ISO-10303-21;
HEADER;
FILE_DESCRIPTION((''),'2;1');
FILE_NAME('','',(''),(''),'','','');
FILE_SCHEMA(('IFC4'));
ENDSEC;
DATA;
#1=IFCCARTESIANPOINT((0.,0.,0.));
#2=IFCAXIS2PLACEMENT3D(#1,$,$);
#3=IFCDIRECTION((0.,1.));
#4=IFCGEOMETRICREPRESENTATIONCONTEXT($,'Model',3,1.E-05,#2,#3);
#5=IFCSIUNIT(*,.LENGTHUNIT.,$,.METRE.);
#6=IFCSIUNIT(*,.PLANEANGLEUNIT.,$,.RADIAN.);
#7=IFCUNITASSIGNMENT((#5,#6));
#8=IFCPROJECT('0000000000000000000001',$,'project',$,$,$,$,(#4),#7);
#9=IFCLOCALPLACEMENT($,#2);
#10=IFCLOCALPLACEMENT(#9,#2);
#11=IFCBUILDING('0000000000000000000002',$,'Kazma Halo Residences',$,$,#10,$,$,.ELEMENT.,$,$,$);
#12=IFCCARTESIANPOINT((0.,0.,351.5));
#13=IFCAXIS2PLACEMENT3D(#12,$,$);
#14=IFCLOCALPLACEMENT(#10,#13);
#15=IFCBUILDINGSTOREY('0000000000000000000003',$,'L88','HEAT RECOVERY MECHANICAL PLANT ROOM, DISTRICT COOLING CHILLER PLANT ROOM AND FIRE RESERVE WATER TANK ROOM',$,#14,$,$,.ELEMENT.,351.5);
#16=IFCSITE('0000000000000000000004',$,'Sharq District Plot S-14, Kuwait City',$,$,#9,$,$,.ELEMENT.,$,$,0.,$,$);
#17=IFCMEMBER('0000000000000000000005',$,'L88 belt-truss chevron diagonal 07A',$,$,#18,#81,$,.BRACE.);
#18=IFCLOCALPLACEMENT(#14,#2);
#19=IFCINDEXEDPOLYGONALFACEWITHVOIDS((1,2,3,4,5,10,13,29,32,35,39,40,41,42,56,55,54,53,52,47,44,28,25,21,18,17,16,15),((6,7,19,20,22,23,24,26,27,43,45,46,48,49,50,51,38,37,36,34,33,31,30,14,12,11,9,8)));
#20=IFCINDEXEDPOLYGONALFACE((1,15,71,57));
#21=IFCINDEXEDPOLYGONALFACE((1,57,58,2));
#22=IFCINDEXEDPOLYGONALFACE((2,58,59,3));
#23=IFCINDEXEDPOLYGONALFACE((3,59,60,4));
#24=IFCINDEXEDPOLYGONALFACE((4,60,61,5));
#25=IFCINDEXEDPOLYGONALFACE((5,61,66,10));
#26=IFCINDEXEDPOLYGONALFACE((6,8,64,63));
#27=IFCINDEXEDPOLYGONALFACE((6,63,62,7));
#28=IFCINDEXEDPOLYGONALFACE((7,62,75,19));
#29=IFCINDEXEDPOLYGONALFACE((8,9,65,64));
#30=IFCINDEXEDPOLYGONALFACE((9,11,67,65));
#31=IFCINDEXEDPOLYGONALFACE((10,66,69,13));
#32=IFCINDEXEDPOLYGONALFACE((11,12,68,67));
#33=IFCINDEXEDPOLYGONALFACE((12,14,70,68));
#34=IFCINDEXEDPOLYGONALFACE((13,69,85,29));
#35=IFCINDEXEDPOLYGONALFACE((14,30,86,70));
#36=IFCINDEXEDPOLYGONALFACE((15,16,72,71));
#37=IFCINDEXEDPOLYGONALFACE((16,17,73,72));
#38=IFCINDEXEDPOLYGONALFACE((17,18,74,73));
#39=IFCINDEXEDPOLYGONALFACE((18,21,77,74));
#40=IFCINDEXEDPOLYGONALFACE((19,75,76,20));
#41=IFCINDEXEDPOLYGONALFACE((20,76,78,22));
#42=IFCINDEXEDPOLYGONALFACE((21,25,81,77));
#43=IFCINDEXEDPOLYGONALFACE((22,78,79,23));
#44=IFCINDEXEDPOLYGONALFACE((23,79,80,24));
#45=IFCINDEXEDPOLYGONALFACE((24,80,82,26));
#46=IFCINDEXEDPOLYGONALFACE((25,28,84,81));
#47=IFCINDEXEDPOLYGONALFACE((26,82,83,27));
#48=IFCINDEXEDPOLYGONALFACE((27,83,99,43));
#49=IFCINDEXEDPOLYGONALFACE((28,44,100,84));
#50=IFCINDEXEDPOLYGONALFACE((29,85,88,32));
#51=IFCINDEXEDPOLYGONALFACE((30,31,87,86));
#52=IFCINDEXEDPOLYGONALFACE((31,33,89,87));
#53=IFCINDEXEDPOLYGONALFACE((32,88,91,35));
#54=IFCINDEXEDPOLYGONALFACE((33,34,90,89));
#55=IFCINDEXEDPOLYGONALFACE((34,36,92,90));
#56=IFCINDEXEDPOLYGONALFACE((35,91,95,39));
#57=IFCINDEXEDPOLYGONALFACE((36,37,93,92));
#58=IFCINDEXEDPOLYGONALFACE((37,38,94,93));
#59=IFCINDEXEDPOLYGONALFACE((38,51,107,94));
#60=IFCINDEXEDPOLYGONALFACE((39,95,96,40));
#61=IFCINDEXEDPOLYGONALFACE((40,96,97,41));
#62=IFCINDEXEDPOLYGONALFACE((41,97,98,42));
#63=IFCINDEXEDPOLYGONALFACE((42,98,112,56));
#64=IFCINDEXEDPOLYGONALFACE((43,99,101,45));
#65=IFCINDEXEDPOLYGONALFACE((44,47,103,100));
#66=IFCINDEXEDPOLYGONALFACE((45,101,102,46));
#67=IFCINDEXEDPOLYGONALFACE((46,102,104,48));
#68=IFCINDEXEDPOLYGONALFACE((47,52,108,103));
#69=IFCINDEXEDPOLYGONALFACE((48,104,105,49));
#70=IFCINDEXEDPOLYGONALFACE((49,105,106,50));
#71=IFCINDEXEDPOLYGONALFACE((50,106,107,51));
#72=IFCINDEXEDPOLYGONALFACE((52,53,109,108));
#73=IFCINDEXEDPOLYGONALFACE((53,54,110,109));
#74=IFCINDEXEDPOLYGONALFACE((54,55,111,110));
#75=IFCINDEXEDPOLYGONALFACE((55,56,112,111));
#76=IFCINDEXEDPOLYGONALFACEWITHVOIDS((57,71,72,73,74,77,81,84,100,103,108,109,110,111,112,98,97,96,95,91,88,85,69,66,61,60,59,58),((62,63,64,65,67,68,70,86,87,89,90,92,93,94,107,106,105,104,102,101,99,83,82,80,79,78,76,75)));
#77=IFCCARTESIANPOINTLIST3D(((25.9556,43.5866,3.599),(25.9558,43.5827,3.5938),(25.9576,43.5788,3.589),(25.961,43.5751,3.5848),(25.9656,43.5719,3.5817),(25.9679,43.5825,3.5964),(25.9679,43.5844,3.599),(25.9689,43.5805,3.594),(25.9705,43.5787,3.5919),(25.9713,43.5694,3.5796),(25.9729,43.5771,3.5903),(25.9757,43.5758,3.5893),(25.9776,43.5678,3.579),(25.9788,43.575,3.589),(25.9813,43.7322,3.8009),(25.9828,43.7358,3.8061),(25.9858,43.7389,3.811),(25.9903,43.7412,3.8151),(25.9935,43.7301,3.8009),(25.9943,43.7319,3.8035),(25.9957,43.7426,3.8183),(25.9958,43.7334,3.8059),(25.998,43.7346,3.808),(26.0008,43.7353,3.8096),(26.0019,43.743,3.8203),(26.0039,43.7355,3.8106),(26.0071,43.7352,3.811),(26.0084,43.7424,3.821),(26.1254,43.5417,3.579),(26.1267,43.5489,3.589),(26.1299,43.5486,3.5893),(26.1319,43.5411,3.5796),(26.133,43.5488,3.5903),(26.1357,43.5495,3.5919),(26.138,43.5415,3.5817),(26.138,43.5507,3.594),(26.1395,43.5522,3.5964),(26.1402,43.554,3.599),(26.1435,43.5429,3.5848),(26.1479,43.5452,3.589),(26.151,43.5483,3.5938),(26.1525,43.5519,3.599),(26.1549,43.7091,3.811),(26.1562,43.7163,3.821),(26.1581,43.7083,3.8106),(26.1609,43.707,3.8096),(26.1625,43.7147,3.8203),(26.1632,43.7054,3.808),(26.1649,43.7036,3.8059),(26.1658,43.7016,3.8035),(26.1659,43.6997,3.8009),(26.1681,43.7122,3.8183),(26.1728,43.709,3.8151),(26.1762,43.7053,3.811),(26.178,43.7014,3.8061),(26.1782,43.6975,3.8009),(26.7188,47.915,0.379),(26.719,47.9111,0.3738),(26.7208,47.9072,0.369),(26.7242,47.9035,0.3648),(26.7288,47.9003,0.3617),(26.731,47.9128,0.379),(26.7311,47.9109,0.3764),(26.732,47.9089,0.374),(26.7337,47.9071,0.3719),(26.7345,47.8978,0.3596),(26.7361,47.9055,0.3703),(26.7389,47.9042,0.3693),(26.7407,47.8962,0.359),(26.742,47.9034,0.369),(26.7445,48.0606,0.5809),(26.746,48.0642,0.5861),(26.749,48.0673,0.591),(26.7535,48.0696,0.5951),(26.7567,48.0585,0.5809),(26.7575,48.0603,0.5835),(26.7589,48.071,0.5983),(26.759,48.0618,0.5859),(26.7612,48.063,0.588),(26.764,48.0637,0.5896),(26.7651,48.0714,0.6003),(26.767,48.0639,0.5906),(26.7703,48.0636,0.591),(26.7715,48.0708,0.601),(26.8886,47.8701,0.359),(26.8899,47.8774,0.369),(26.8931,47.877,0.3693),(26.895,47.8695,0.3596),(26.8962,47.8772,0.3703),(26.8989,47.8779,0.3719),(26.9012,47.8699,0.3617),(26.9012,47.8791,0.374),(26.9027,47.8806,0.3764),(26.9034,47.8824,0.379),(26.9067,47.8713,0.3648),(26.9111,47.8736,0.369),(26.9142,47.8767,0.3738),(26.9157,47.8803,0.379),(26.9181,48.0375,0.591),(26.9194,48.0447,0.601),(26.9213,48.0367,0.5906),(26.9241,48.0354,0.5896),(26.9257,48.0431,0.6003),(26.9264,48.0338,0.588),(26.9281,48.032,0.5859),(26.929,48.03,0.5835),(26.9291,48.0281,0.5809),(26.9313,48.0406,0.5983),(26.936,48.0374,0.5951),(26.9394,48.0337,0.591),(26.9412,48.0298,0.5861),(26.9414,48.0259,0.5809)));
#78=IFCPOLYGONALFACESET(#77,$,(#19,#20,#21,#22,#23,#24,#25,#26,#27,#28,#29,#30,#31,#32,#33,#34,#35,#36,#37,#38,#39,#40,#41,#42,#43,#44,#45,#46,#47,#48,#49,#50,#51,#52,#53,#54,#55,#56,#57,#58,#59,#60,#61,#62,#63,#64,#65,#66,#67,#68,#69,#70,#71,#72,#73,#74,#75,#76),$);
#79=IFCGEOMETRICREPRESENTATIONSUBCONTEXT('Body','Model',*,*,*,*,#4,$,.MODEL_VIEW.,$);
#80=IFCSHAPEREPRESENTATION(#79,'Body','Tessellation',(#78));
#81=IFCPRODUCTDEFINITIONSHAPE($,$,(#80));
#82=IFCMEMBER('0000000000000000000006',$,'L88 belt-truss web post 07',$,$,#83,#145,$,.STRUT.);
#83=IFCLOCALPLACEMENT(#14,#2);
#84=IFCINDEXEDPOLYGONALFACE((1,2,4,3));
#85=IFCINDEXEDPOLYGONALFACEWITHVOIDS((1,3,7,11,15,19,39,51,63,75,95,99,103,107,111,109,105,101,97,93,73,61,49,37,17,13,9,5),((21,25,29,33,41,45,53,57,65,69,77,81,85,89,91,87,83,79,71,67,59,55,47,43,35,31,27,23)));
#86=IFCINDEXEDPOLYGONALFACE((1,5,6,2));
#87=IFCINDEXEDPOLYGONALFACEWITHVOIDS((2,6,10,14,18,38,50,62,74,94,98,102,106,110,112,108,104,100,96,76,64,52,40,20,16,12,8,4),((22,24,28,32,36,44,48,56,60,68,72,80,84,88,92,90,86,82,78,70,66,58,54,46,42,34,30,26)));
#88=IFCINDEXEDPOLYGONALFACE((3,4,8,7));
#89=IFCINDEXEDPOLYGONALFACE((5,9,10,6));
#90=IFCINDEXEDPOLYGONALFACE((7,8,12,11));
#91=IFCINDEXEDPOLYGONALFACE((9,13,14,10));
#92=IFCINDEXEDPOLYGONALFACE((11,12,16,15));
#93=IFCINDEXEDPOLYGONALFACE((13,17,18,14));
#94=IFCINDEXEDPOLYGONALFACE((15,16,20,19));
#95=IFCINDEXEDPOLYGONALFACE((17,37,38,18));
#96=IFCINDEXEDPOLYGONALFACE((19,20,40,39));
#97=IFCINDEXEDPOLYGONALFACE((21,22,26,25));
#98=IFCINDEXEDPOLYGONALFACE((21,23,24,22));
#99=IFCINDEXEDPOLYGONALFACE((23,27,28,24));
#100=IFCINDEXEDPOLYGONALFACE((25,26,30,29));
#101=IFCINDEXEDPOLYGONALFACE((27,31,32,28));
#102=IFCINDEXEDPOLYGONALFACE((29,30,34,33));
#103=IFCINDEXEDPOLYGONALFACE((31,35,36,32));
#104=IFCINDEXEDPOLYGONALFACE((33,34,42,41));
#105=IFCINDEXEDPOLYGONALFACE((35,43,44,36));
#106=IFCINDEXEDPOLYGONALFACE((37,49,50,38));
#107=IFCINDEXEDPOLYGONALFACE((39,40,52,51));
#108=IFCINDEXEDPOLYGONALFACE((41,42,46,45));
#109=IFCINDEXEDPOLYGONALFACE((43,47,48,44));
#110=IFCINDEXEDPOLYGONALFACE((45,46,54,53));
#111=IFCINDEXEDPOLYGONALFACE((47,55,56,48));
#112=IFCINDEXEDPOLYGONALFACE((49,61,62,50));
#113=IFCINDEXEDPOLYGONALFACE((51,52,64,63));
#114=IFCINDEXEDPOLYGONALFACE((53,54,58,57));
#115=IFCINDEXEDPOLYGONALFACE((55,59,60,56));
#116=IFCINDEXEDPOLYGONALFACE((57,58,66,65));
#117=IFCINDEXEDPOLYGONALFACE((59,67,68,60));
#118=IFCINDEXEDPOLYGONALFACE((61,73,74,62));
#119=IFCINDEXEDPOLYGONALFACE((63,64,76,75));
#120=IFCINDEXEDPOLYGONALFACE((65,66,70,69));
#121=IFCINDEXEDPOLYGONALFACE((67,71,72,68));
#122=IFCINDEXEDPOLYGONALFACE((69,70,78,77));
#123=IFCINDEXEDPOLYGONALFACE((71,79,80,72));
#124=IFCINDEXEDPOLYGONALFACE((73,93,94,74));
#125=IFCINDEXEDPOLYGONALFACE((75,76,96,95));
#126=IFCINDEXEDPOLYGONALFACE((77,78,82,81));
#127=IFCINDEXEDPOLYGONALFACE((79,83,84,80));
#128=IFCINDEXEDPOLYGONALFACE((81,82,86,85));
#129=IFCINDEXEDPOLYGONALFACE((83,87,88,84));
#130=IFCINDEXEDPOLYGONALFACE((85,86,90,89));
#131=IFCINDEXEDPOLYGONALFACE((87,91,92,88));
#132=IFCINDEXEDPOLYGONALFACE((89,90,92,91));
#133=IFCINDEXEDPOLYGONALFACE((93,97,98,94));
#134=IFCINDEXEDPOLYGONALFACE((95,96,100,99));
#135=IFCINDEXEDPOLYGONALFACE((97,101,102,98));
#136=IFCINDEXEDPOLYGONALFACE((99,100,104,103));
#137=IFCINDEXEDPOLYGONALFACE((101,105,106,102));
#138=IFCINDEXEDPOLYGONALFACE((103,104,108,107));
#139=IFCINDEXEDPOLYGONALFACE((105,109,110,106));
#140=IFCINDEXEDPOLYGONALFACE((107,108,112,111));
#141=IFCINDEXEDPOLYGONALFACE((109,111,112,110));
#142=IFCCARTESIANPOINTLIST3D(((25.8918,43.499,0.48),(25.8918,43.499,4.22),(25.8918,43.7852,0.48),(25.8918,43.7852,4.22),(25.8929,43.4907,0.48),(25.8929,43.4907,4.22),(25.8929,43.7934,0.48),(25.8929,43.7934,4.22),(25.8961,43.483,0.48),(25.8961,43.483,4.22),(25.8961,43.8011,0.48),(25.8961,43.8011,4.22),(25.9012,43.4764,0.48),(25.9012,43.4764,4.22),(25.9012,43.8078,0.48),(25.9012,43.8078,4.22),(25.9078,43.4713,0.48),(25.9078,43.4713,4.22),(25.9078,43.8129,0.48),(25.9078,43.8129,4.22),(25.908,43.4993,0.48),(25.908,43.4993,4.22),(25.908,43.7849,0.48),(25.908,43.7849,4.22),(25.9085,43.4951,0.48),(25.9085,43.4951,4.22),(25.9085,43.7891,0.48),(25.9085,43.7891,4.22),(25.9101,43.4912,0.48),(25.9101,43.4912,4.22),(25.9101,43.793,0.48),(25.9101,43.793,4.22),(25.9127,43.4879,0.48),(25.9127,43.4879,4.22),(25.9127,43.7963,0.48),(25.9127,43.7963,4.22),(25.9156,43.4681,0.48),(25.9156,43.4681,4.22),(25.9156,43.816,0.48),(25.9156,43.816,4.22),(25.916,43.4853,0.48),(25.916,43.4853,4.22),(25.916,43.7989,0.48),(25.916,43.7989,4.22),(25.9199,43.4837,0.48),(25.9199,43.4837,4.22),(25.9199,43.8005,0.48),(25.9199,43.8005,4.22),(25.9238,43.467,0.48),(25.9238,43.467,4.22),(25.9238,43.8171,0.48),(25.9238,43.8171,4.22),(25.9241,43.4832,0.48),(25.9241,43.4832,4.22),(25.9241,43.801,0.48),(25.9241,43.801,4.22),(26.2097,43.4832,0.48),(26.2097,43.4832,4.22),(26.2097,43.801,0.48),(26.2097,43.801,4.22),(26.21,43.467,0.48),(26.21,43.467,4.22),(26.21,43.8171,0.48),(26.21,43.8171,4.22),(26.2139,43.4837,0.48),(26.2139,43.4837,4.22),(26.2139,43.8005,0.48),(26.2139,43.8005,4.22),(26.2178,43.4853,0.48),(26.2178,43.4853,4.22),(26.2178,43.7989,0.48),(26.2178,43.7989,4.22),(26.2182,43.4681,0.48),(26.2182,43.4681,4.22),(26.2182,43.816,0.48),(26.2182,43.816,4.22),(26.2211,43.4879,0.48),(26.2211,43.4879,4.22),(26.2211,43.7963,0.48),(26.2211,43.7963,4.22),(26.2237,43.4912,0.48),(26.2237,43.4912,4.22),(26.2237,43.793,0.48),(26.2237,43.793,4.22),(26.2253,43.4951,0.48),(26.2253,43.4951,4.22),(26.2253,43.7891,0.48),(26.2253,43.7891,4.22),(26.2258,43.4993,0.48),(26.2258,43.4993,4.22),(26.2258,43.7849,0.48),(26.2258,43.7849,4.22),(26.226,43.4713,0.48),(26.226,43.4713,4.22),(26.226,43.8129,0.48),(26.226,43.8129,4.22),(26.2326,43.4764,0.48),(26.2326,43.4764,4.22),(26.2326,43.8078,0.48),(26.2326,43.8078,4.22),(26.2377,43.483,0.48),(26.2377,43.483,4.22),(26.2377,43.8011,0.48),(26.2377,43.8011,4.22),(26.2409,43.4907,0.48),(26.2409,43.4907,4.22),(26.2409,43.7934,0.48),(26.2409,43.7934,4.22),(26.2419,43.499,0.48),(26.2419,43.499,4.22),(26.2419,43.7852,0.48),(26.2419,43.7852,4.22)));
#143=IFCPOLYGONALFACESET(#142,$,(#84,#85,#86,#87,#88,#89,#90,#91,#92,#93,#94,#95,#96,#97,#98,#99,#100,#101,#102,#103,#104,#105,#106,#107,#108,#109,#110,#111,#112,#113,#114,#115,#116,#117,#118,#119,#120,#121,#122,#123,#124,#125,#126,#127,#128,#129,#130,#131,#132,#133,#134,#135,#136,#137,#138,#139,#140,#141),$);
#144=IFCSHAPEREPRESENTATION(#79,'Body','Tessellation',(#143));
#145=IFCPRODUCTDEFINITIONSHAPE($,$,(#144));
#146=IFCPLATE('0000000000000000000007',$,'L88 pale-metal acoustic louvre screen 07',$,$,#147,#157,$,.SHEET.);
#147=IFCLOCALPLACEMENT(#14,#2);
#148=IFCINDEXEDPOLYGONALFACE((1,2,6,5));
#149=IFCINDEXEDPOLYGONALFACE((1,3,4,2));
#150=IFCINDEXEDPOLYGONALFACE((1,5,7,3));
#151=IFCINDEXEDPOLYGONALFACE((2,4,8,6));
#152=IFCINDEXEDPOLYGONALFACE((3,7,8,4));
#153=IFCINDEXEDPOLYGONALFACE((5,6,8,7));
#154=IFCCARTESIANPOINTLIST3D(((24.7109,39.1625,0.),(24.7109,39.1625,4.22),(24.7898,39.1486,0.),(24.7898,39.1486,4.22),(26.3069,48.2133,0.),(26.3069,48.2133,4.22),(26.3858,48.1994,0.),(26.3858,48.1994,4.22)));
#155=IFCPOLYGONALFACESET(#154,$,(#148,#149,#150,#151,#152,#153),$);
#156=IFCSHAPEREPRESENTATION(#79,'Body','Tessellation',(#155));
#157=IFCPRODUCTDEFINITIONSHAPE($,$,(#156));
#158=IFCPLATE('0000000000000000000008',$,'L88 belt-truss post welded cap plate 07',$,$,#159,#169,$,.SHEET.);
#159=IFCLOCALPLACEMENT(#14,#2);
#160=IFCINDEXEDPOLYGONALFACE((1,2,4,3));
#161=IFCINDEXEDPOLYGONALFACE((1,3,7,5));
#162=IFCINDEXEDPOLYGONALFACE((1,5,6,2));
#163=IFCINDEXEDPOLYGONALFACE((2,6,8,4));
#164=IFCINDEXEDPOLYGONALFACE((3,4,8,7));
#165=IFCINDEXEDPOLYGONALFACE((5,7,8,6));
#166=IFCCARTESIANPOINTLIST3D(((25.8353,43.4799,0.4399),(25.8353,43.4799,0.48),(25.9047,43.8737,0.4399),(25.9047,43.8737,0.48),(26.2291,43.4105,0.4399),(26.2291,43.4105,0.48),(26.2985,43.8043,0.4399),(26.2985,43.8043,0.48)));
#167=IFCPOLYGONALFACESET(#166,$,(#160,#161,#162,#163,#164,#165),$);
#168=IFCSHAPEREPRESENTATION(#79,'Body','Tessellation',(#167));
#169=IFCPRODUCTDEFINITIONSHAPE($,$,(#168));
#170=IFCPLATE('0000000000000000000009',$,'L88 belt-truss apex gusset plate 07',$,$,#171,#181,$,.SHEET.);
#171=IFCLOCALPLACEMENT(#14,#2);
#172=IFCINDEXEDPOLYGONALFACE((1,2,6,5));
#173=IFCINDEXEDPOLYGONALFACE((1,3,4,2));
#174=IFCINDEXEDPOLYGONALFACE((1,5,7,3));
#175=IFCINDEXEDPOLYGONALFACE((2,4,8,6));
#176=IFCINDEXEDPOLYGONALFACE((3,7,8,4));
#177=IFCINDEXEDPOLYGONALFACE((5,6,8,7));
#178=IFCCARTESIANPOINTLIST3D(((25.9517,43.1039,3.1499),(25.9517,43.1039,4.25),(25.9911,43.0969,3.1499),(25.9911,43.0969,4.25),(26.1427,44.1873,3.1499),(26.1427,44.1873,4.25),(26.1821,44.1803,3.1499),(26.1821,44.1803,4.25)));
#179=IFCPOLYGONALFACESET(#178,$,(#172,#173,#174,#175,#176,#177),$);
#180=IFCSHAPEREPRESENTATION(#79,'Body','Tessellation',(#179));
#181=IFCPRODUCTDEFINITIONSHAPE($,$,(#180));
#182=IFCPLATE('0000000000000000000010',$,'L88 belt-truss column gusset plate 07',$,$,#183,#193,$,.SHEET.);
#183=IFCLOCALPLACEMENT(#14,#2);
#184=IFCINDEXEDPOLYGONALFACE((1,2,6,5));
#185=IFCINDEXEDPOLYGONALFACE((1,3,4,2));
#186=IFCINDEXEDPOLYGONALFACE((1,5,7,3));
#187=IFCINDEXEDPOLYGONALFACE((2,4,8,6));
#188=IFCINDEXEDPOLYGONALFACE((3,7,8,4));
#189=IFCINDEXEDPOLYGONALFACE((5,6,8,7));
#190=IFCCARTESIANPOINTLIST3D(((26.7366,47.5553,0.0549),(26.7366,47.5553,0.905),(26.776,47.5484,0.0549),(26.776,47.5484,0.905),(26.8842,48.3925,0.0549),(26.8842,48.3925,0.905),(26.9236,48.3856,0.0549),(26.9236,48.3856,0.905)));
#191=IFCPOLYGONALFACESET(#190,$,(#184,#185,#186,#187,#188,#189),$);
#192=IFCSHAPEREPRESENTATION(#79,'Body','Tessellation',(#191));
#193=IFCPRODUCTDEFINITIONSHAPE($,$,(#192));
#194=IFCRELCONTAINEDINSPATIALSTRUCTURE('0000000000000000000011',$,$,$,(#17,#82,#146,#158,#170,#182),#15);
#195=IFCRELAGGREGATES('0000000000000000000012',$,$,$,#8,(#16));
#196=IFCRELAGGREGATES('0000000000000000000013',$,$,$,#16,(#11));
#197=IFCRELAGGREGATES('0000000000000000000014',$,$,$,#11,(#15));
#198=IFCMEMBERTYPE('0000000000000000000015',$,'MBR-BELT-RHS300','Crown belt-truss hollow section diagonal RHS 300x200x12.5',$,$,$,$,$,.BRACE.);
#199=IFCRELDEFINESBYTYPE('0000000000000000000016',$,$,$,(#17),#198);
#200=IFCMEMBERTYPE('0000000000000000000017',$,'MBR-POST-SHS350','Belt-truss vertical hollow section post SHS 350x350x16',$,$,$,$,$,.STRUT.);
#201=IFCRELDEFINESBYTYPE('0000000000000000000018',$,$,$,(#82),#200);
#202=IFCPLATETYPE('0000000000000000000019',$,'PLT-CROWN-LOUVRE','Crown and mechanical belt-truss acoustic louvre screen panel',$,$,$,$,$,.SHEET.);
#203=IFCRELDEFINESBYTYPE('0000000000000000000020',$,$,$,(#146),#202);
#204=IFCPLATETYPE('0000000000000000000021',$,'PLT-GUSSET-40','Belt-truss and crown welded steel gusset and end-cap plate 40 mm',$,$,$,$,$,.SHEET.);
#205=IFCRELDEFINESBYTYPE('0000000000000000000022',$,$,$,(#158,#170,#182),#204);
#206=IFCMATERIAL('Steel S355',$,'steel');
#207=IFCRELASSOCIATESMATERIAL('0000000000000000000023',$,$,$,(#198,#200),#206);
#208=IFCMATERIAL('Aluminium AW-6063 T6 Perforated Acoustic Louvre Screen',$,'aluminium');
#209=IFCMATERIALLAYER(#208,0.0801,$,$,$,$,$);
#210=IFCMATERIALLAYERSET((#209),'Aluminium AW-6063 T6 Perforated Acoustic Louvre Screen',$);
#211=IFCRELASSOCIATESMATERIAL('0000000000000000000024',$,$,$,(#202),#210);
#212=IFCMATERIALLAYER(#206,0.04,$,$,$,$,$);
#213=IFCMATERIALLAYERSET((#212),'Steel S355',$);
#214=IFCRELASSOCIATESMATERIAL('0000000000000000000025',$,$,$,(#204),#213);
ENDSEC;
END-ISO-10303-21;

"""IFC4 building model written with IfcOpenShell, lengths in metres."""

from ifc_helpers import new_model, si_unit, direction, frame, origin, origin_2d, place, context, subcontext, project, spatial, rectangle, hollow_rectangle, extrude, material, layer, layer_set, material_profile, profile_set, type_object, element, save


model = new_model("IFC4")

# Units and contexts
model_context = context("Model", 3, precision=1e-05, world=origin(), true_north=direction((0.0, 1.0)))
body_context = subcontext(model_context, "Body", "Model", "MODEL_VIEW")
ifc_project = project(units=[si_unit("LENGTHUNIT", "METRE"), si_unit("PLANEANGLEUNIT", "RADIAN")], contexts=[model_context])

# Site, building, storey
site_placement = place(None, origin())
site = spatial("IfcSite", under=ifc_project, at=site_placement, Name="Sharq District Plot S-14, Kuwait City", CompositionType="ELEMENT", RefElevation=0.0)
building_placement = place(site_placement, origin())
building = spatial("IfcBuilding", under=site, at=building_placement, Name="Kazma Halo Residences", CompositionType="ELEMENT")
storey_placement = place(building_placement, frame((0.0, 0.0, 351.5)))
storey = spatial("IfcBuildingStorey", under=building, at=storey_placement, Name="L88", Description="HEAT RECOVERY MECHANICAL PLANT ROOM, DISTRICT COOLING CHILLER PLANT ROOM AND FIRE RESERVE WATER TANK ROOM", CompositionType="ELEMENT", Elevation=351.5)

# Shared definitions
ifc_material_1 = material(Name="Steel S355", Category="steel")

# Members
ifc_material_profile_1 = material_profile(ifc_material_1, hollow_rectangle(XDim=0.2, YDim=0.3, WallThickness=0.0125, InnerFilletRadius=0.0125, OuterFilletRadius=0.0249, at=origin_2d()), Name="RHS300x200x12.5")
ifc_profile_set_1 = profile_set([ifc_material_profile_1], Name="Steel S355")
member_type_1 = type_object("IfcMemberType", Name="MBR-BELT-RHS300", Description="Crown belt-truss hollow section diagonal RHS 300x200x12.5", PredefinedType="BRACE", material=ifc_profile_set_1)
member_1_placement = place(storey_placement, frame((26.8301, 47.9705, 0.48), z_axis=(-0.140074, -0.794424, 0.59099), x_axis=(0.984809, -0.173643, 0.0)))
element("IfcMember", 1, at=member_1_placement, inside=storey, type_object=member_type_1, Name="L88 belt-truss chevron diagonal 07A", PredefinedType="BRACE", context=body_context, shape_type="SweptSolid", body=[
    extrude(hollow_rectangle(XDim=0.2, YDim=0.3, WallThickness=0.0125, InnerFilletRadius=0.0125, OuterFilletRadius=0.0249, at=origin_2d()), origin(), (0.0, 0.0, 1.0), 5.4485),
])
ifc_material_profile_2 = material_profile(ifc_material_1, hollow_rectangle(XDim=0.3501, YDim=0.3501, WallThickness=0.0161, InnerFilletRadius=0.0161, OuterFilletRadius=0.032, at=origin_2d()), Name="SHS350x350x16")
ifc_profile_set_2 = profile_set([ifc_material_profile_2], Name="Steel S355")
member_type_2 = type_object("IfcMemberType", Name="MBR-POST-SHS350", Description="Belt-truss vertical hollow section post SHS 350x350x16", PredefinedType="STRUT", material=ifc_profile_set_2)
member_2_placement = place(storey_placement, frame((26.0669, 43.6421, 0.48), z_axis=(0.0, 0.0, 1.0), x_axis=(1.0, 0.0, 0.0)))
element("IfcMember", 2, at=member_2_placement, inside=storey, type_object=member_type_2, Name="L88 belt-truss web post 07", PredefinedType="STRUT", context=body_context, shape_type="SweptSolid", body=[
    extrude(hollow_rectangle(XDim=0.3501, YDim=0.3501, WallThickness=0.0161, InnerFilletRadius=0.0161, OuterFilletRadius=0.032, at=origin_2d()), origin(), (0.0, 0.0, 1.0), 3.74),
])

# Plates
ifc_material_2 = material(Name="Aluminium AW-6063 T6 Perforated Acoustic Louvre Screen", Category="aluminium")
ifc_layer_1 = layer(ifc_material_2, 0.0801)
ifc_layer_set_1 = layer_set([ifc_layer_1], Name="Aluminium AW-6063 T6 Perforated Acoustic Louvre Screen")
plate_type_1 = type_object("IfcPlateType", Name="PLT-CROWN-LOUVRE", Description="Crown and mechanical belt-truss acoustic louvre screen panel", PredefinedType="SHEET", material=ifc_layer_set_1)
plate_1_placement = place(storey_placement, frame((25.5483, 43.6809, 0.0), z_axis=(0.0, 0.0, 1.0), x_axis=(-0.173656, -0.984806, 0.0)))
element("IfcPlate", 3, at=plate_1_placement, inside=storey, type_object=plate_type_1, Name="L88 pale-metal acoustic louvre screen 07", PredefinedType="SHEET", context=body_context, shape_type="SweptSolid", body=[
    extrude(rectangle(XDim=9.1904, YDim=0.0801, at=origin_2d()), origin(), (0.0, 0.0, 1.0), 4.22),
])
ifc_layer_2 = layer(ifc_material_1, 0.04)
ifc_layer_set_2 = layer_set([ifc_layer_2], Name="Steel S355")
plate_type_2 = type_object("IfcPlateType", Name="PLT-GUSSET-40", Description="Belt-truss and crown welded steel gusset and end-cap plate 40 mm", PredefinedType="SHEET", material=ifc_layer_set_2)
plate_2_placement = place(storey_placement, frame((26.0669, 43.6421, 0.4399), z_axis=(0.0, 0.0, 1.0), x_axis=(-0.173656, -0.984806, 0.0)))
element("IfcPlate", 4, at=plate_2_placement, inside=storey, type_object=plate_type_2, Name="L88 belt-truss post welded cap plate 07", PredefinedType="SHEET", context=body_context, shape_type="SweptSolid", body=[
    extrude(rectangle(XDim=0.3999, YDim=0.3999, at=origin_2d()), origin(), (0.0, 0.0, 1.0), 0.04),
])
plate_3_placement = place(storey_placement, frame((26.0669, 43.6421, 3.1499), z_axis=(0.0, 0.0, 1.0), x_axis=(-0.173656, -0.984806, 0.0)))
element("IfcPlate", 5, at=plate_3_placement, inside=storey, type_object=plate_type_2, Name="L88 belt-truss apex gusset plate 07", PredefinedType="SHEET", context=body_context, shape_type="SweptSolid", body=[
    extrude(rectangle(XDim=1.1001, YDim=0.04, at=origin_2d()), origin(), (0.0, 0.0, 1.0), 1.1001),
])
plate_4_placement = place(storey_placement, frame((26.8301, 47.9705, 0.0549), z_axis=(0.0, 0.0, 1.0), x_axis=(-0.173656, -0.984806, 0.0)))
element("IfcPlate", 6, at=plate_4_placement, inside=storey, type_object=plate_type_2, Name="L88 belt-truss column gusset plate 07", PredefinedType="SHEET", context=body_context, shape_type="SweptSolid", body=[
    extrude(rectangle(XDim=0.8501, YDim=0.04, at=origin_2d()), origin(), (0.0, 0.0, 1.0), 0.8501),
])

save(model, "model.ifc")
